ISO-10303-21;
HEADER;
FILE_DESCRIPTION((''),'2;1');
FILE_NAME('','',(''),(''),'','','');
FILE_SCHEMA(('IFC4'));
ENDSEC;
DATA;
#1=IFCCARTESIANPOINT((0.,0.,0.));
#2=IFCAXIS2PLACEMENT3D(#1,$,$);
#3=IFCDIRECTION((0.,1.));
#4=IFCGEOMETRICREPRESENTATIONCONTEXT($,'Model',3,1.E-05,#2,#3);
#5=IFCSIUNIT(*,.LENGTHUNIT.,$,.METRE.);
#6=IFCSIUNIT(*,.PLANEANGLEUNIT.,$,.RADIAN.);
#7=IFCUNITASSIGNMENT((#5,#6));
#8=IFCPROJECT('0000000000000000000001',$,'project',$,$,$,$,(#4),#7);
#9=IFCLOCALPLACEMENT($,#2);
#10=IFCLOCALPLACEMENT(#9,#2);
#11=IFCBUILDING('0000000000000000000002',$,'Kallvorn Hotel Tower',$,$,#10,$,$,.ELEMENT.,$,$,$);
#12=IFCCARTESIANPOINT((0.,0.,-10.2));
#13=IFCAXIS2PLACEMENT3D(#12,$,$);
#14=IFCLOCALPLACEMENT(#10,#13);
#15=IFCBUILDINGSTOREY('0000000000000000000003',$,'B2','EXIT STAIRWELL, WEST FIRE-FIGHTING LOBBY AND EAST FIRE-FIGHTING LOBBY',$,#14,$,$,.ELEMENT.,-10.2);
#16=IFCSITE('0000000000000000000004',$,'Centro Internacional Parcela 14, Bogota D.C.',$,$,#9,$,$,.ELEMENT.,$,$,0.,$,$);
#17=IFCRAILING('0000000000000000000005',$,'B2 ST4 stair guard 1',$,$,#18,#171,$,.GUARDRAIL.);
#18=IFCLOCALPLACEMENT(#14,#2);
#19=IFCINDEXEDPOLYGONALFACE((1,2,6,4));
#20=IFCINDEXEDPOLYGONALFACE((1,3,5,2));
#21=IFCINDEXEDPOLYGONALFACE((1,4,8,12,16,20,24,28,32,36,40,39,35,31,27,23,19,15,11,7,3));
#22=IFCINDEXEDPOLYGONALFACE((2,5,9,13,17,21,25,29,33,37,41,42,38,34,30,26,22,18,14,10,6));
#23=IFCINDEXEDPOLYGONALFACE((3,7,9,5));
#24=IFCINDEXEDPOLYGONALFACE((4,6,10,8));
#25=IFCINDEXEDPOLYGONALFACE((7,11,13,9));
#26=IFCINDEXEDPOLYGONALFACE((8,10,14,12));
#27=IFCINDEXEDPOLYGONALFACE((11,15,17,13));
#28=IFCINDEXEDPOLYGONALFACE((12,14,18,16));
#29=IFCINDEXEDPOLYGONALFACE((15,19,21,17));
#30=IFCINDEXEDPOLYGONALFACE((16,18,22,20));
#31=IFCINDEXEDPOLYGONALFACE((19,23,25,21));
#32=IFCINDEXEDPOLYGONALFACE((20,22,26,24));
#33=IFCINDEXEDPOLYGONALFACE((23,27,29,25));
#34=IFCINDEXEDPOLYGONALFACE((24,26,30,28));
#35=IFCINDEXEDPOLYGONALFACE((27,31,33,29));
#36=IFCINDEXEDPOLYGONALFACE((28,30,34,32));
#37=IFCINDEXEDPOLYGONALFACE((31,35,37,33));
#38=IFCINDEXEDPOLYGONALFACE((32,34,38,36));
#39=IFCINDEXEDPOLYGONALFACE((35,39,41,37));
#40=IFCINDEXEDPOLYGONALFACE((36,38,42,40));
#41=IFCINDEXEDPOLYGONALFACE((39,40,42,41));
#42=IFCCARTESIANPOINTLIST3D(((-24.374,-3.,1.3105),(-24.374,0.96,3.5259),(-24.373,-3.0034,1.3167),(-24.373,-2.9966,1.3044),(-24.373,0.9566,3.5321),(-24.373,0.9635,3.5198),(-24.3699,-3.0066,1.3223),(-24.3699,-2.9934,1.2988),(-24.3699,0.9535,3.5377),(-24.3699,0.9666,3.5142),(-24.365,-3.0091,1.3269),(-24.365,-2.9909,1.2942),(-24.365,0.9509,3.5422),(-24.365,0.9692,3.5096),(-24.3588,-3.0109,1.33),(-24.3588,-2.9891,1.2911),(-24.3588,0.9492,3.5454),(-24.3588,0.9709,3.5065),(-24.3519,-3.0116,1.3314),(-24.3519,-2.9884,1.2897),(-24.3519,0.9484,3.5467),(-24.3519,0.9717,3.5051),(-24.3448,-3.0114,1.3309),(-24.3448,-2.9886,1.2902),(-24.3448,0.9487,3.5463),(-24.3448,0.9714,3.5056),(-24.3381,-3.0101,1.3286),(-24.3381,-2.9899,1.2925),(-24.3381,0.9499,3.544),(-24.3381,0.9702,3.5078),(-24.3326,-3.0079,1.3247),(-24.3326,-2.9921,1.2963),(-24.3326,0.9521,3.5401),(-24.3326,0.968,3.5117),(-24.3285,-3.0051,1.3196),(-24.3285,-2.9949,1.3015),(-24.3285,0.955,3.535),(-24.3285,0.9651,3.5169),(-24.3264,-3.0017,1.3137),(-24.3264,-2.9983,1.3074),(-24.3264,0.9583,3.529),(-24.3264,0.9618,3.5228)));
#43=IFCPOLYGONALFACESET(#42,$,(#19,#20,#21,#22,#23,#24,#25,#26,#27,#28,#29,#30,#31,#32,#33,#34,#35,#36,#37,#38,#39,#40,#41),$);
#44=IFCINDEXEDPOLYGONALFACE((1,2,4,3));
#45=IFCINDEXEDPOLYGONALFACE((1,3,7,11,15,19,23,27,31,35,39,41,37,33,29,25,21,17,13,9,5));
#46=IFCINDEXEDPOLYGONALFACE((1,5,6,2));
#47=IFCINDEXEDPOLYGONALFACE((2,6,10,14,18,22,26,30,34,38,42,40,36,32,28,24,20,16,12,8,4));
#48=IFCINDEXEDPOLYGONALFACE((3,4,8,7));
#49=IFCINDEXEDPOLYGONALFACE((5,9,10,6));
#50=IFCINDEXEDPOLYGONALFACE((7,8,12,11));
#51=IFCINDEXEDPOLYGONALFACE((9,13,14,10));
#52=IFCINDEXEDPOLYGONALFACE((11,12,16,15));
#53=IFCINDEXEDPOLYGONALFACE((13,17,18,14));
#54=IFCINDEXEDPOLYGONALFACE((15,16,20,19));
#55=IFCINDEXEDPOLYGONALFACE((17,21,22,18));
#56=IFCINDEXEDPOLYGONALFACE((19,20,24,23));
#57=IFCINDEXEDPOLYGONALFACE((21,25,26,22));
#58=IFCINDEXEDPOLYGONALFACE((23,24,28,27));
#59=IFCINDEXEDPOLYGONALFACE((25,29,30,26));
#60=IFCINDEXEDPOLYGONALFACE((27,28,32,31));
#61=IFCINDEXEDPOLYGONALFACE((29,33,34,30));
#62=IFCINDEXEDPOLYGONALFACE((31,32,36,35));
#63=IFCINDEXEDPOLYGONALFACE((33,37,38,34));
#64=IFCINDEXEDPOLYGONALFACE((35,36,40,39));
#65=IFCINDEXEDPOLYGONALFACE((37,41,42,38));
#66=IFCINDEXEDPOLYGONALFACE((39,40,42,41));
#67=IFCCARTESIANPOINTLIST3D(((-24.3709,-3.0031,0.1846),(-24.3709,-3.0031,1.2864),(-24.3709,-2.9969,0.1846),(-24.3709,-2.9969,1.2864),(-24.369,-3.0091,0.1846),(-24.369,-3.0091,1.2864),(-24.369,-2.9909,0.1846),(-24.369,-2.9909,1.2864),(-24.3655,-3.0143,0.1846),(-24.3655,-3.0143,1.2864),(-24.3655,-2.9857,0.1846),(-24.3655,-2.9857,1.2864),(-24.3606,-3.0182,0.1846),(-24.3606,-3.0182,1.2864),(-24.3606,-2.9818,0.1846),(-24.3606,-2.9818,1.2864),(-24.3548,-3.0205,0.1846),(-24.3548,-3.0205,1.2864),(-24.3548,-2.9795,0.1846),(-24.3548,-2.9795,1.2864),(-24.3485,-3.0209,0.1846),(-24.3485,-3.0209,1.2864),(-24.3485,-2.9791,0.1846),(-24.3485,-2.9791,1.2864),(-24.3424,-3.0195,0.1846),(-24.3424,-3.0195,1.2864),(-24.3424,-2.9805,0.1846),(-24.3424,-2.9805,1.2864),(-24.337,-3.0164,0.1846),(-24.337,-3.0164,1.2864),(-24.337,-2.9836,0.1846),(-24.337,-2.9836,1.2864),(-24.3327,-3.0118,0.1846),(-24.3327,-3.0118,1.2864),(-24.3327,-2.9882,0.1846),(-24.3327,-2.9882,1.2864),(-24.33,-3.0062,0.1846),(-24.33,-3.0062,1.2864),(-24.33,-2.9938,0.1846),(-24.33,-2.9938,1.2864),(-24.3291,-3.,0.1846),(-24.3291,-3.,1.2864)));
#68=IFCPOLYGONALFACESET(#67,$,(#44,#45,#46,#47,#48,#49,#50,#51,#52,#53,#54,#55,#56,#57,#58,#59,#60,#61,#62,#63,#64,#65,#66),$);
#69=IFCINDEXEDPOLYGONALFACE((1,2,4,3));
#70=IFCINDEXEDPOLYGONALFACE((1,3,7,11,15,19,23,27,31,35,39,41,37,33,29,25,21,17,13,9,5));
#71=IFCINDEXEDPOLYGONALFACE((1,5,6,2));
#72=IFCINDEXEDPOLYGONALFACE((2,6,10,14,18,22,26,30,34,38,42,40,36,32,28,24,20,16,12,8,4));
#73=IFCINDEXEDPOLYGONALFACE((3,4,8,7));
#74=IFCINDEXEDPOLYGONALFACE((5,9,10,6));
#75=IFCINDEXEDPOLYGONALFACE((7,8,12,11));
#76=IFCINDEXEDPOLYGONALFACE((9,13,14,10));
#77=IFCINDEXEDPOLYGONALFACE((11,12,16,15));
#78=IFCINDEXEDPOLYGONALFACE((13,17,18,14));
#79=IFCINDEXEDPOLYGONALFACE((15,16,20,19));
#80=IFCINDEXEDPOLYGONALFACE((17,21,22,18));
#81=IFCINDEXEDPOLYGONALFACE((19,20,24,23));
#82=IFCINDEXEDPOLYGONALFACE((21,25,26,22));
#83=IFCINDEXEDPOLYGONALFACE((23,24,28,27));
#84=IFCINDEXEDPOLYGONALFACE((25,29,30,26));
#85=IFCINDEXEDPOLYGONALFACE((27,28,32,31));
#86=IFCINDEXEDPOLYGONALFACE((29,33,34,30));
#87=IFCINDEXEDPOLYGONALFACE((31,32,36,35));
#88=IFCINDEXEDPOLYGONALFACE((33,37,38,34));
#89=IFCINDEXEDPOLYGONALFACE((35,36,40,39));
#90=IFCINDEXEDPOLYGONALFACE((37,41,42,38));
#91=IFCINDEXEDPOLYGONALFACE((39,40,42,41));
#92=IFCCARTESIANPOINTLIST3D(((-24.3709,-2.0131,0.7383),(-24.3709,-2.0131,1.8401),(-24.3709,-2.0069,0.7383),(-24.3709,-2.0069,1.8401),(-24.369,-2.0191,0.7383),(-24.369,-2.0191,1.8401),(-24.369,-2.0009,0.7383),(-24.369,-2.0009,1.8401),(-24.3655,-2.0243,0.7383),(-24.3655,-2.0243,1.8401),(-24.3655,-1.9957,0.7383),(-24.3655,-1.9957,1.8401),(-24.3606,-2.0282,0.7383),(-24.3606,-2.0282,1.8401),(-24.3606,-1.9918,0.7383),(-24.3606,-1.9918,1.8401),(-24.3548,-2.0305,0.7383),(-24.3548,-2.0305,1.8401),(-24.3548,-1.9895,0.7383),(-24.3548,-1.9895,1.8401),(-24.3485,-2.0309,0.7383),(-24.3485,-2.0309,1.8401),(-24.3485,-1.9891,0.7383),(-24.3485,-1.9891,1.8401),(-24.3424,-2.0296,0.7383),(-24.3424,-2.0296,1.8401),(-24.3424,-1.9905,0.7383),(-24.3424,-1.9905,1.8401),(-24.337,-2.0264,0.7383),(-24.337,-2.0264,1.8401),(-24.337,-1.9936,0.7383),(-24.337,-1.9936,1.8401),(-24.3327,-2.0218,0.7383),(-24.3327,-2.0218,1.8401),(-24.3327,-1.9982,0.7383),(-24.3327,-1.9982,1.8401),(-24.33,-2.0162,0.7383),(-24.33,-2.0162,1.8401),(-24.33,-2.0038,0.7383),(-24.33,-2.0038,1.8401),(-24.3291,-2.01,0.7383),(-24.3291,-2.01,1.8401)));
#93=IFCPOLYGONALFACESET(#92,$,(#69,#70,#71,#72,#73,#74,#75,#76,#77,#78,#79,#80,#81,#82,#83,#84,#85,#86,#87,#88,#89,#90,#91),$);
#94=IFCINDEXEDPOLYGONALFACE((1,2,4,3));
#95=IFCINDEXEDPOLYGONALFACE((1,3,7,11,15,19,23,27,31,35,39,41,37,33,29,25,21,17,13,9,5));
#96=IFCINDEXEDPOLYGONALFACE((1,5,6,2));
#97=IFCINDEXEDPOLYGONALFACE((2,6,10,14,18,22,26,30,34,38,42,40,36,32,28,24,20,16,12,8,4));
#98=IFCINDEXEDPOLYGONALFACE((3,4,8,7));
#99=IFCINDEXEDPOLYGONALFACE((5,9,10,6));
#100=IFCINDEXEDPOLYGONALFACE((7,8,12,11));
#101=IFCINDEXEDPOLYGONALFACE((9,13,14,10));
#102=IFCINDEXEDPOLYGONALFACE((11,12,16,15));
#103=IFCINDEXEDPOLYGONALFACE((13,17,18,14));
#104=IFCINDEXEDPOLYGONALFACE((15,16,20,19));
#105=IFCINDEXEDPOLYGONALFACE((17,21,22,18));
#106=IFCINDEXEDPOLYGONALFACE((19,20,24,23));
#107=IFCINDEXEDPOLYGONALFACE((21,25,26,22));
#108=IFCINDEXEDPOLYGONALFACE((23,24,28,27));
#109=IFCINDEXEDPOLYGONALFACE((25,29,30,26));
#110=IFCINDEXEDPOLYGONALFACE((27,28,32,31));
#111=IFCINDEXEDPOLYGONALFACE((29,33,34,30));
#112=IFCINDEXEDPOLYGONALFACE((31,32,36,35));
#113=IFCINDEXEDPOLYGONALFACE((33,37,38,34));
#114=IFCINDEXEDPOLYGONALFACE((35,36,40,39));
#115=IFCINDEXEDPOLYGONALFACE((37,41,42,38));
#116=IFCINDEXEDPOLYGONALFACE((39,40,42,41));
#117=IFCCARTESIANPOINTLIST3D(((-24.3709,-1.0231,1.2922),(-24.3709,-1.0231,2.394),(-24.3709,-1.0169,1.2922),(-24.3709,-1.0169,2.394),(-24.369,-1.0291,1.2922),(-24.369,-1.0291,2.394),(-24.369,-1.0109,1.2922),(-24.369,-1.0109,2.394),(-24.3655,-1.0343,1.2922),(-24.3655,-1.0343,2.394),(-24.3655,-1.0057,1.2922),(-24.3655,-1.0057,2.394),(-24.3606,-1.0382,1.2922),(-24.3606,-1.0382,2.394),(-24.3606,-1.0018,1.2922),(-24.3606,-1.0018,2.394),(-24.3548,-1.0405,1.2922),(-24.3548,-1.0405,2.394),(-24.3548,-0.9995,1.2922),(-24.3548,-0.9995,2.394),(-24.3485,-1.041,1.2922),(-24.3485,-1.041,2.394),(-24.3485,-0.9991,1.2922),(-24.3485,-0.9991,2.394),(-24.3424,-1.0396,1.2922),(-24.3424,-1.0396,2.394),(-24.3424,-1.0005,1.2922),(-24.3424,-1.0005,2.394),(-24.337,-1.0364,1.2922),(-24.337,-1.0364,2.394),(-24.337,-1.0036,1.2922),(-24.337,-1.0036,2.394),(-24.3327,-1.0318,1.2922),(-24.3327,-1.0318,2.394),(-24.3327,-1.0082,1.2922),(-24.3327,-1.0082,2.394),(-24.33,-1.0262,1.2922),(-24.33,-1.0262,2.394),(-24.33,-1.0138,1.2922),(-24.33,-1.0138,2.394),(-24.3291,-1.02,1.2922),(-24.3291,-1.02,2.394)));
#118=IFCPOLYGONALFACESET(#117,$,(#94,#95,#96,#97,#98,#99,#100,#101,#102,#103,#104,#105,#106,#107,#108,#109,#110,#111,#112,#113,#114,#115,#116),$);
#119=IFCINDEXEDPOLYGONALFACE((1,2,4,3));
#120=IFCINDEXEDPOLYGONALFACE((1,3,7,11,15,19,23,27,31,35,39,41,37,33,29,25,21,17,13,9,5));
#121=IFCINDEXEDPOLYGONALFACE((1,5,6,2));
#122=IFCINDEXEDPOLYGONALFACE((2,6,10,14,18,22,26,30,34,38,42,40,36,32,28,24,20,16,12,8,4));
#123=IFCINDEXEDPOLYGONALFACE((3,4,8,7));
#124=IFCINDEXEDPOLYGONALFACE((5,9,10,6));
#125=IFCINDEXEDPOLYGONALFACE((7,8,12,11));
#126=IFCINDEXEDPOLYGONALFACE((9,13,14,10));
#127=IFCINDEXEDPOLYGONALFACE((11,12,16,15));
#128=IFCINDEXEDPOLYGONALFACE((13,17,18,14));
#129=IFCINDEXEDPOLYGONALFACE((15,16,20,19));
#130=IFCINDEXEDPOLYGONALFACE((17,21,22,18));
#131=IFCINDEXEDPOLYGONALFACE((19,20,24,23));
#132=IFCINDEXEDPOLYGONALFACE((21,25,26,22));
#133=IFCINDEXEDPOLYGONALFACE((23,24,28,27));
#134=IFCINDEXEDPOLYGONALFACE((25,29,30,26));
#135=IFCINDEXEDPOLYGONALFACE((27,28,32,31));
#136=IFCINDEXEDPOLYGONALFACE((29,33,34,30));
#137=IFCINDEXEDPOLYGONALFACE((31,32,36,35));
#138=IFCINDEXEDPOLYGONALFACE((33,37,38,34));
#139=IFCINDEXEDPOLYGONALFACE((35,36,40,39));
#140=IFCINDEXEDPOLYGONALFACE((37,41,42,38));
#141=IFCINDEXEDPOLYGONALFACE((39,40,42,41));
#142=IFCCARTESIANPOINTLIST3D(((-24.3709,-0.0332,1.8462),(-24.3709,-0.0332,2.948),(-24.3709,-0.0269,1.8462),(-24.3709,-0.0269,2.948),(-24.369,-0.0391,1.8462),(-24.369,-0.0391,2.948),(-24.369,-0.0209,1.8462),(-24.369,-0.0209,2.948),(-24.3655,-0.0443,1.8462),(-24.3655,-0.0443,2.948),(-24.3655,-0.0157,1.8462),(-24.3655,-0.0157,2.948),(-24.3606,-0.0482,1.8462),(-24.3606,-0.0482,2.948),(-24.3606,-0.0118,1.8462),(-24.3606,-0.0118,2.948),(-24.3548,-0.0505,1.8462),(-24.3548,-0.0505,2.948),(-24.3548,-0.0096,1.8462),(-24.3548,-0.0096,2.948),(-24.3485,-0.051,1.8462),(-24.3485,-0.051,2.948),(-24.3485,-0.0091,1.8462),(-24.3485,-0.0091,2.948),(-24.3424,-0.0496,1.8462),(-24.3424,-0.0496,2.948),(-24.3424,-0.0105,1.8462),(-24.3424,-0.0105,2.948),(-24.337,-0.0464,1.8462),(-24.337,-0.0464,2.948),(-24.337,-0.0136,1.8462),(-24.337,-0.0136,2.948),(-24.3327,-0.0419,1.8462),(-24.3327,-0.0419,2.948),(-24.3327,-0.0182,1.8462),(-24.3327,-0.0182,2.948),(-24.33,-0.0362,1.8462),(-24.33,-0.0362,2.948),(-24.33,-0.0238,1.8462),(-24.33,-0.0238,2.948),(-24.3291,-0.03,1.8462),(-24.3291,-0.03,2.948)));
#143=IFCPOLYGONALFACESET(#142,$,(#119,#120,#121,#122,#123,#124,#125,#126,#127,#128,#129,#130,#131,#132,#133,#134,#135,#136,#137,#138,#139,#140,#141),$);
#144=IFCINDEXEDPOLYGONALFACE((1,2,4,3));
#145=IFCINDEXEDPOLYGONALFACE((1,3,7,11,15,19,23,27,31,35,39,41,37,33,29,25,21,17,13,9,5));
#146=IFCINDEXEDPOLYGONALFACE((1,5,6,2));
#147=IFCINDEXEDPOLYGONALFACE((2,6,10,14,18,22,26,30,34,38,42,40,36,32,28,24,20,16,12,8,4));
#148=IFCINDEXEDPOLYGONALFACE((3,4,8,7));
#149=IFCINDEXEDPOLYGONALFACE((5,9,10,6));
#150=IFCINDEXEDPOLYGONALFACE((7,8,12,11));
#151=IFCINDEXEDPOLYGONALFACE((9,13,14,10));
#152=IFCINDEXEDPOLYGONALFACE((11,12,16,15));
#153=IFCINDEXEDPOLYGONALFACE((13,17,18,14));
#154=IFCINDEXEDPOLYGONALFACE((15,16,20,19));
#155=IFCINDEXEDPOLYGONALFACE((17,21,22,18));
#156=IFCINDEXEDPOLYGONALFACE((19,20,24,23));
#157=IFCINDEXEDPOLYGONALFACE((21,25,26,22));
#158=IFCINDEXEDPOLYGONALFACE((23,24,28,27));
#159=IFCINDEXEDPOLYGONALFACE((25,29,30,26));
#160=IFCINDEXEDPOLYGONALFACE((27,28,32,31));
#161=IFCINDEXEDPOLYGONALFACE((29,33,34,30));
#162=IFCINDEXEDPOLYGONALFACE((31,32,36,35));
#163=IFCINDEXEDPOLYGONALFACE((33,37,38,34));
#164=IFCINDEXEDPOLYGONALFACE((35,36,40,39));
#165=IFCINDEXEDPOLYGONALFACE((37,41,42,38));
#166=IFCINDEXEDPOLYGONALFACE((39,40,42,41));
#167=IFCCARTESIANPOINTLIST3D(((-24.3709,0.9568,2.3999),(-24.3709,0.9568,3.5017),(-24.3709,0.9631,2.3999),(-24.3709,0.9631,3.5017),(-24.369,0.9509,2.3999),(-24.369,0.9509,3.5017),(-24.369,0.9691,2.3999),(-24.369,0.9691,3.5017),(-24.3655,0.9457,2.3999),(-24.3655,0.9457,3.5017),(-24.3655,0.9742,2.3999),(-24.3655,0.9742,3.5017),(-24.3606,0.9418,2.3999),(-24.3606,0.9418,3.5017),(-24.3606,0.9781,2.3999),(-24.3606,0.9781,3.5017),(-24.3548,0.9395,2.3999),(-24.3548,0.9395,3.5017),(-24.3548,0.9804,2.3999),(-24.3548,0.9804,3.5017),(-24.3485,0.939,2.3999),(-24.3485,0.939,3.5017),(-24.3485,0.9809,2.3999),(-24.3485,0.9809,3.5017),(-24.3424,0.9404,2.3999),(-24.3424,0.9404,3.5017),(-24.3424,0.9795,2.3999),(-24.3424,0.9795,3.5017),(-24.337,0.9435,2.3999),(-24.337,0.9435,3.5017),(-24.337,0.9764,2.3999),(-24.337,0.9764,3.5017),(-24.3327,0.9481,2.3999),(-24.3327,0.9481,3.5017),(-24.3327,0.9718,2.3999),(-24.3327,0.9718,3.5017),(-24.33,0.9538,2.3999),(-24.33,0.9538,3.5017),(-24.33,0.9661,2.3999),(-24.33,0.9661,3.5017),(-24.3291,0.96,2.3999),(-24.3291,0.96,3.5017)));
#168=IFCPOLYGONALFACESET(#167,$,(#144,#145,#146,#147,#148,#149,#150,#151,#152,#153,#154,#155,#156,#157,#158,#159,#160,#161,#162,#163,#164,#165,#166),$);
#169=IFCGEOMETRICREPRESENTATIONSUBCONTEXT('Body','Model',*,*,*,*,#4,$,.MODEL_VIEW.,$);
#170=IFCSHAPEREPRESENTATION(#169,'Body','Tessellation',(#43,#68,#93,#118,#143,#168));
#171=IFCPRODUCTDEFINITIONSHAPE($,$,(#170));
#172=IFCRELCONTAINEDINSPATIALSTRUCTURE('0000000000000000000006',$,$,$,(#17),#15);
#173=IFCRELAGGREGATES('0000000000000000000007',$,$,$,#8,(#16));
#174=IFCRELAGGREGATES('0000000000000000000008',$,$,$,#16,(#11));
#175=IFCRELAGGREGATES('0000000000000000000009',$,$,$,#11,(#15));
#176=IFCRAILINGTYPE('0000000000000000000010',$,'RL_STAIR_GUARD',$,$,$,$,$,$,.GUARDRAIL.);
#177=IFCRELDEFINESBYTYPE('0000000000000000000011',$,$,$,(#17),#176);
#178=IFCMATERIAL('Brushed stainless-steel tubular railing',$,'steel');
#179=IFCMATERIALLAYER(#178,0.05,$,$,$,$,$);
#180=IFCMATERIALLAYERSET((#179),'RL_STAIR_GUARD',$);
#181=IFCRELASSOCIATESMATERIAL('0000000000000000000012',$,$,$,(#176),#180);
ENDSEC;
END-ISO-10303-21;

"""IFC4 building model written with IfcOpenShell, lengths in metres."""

from ifc_helpers import new_model, si_unit, direction, frame, origin, origin_2d, place, context, subcontext, project, spatial, circle, extrude, material, layer, layer_set, type_object, element, save


model = new_model("IFC4")

# Units and contexts
model_context = context("Model", 3, precision=1e-05, world=origin(), true_north=direction((0.0, 1.0)))
body_context = subcontext(model_context, "Body", "Model", "MODEL_VIEW")
ifc_project = project(units=[si_unit("LENGTHUNIT", "METRE"), si_unit("PLANEANGLEUNIT", "RADIAN")], contexts=[model_context])

# Site, building, storey
site_placement = place(None, origin())
site = spatial("IfcSite", under=ifc_project, at=site_placement, Name="Centro Internacional Parcela 14, Bogota D.C.", CompositionType="ELEMENT", RefElevation=0.0)
building_placement = place(site_placement, origin())
building = spatial("IfcBuilding", under=site, at=building_placement, Name="Kallvorn Hotel Tower", CompositionType="ELEMENT")
storey_placement = place(building_placement, frame((0.0, 0.0, -10.2)))
storey = spatial("IfcBuildingStorey", under=building, at=storey_placement, Name="B2", Description="EXIT STAIRWELL, WEST FIRE-FIGHTING LOBBY AND EAST FIRE-FIGHTING LOBBY", CompositionType="ELEMENT", Elevation=-10.2)

# Railing
ifc_material_1 = material(Name="Brushed stainless-steel tubular railing", Category="steel")
ifc_layer_1 = layer(ifc_material_1, 0.05)
ifc_layer_set_1 = layer_set([ifc_layer_1], Name="RL_STAIR_GUARD")
railing_type_1 = type_object("IfcRailingType", Name="RL_STAIR_GUARD", PredefinedType="GUARDRAIL", material=ifc_layer_set_1)
railing_1_placement = place(storey_placement, frame((-24.3501, -3.0, 0.1846)))
element("IfcRailing", 1, at=railing_1_placement, inside=storey, type_object=railing_type_1, Name="B2 ST4 stair guard 1", PredefinedType="GUARDRAIL", context=body_context, shape_type="SweptSolid", body=[
    extrude(circle(Radius=0.0239, at=origin_2d()), frame((0.0, 0.0, 1.126), z_axis=(0.0, 0.872717, 0.488226), x_axis=(-1.0, 0.0, 0.0)), (0.0, 0.0, 1.0), 4.5376),
    extrude(circle(Radius=0.021, at=origin_2d()), origin(), (0.0, 0.0, 1.0), 1.1018),
    extrude(circle(Radius=0.021, at=origin_2d()), frame((0.0, 0.99, 0.5537)), (0.0, 0.0, 1.0), 1.1018),
    extrude(circle(Radius=0.021, at=origin_2d()), frame((0.0, 1.98, 1.1077)), (0.0, 0.0, 1.0), 1.1018),
    extrude(circle(Radius=0.021, at=origin_2d()), frame((0.0, 2.97, 1.6616)), (0.0, 0.0, 1.0), 1.1018),
    extrude(circle(Radius=0.021, at=origin_2d()), frame((0.0, 3.96, 2.2153)), (0.0, 0.0, 1.0), 1.1018),
])

save(model, "model.ifc")
